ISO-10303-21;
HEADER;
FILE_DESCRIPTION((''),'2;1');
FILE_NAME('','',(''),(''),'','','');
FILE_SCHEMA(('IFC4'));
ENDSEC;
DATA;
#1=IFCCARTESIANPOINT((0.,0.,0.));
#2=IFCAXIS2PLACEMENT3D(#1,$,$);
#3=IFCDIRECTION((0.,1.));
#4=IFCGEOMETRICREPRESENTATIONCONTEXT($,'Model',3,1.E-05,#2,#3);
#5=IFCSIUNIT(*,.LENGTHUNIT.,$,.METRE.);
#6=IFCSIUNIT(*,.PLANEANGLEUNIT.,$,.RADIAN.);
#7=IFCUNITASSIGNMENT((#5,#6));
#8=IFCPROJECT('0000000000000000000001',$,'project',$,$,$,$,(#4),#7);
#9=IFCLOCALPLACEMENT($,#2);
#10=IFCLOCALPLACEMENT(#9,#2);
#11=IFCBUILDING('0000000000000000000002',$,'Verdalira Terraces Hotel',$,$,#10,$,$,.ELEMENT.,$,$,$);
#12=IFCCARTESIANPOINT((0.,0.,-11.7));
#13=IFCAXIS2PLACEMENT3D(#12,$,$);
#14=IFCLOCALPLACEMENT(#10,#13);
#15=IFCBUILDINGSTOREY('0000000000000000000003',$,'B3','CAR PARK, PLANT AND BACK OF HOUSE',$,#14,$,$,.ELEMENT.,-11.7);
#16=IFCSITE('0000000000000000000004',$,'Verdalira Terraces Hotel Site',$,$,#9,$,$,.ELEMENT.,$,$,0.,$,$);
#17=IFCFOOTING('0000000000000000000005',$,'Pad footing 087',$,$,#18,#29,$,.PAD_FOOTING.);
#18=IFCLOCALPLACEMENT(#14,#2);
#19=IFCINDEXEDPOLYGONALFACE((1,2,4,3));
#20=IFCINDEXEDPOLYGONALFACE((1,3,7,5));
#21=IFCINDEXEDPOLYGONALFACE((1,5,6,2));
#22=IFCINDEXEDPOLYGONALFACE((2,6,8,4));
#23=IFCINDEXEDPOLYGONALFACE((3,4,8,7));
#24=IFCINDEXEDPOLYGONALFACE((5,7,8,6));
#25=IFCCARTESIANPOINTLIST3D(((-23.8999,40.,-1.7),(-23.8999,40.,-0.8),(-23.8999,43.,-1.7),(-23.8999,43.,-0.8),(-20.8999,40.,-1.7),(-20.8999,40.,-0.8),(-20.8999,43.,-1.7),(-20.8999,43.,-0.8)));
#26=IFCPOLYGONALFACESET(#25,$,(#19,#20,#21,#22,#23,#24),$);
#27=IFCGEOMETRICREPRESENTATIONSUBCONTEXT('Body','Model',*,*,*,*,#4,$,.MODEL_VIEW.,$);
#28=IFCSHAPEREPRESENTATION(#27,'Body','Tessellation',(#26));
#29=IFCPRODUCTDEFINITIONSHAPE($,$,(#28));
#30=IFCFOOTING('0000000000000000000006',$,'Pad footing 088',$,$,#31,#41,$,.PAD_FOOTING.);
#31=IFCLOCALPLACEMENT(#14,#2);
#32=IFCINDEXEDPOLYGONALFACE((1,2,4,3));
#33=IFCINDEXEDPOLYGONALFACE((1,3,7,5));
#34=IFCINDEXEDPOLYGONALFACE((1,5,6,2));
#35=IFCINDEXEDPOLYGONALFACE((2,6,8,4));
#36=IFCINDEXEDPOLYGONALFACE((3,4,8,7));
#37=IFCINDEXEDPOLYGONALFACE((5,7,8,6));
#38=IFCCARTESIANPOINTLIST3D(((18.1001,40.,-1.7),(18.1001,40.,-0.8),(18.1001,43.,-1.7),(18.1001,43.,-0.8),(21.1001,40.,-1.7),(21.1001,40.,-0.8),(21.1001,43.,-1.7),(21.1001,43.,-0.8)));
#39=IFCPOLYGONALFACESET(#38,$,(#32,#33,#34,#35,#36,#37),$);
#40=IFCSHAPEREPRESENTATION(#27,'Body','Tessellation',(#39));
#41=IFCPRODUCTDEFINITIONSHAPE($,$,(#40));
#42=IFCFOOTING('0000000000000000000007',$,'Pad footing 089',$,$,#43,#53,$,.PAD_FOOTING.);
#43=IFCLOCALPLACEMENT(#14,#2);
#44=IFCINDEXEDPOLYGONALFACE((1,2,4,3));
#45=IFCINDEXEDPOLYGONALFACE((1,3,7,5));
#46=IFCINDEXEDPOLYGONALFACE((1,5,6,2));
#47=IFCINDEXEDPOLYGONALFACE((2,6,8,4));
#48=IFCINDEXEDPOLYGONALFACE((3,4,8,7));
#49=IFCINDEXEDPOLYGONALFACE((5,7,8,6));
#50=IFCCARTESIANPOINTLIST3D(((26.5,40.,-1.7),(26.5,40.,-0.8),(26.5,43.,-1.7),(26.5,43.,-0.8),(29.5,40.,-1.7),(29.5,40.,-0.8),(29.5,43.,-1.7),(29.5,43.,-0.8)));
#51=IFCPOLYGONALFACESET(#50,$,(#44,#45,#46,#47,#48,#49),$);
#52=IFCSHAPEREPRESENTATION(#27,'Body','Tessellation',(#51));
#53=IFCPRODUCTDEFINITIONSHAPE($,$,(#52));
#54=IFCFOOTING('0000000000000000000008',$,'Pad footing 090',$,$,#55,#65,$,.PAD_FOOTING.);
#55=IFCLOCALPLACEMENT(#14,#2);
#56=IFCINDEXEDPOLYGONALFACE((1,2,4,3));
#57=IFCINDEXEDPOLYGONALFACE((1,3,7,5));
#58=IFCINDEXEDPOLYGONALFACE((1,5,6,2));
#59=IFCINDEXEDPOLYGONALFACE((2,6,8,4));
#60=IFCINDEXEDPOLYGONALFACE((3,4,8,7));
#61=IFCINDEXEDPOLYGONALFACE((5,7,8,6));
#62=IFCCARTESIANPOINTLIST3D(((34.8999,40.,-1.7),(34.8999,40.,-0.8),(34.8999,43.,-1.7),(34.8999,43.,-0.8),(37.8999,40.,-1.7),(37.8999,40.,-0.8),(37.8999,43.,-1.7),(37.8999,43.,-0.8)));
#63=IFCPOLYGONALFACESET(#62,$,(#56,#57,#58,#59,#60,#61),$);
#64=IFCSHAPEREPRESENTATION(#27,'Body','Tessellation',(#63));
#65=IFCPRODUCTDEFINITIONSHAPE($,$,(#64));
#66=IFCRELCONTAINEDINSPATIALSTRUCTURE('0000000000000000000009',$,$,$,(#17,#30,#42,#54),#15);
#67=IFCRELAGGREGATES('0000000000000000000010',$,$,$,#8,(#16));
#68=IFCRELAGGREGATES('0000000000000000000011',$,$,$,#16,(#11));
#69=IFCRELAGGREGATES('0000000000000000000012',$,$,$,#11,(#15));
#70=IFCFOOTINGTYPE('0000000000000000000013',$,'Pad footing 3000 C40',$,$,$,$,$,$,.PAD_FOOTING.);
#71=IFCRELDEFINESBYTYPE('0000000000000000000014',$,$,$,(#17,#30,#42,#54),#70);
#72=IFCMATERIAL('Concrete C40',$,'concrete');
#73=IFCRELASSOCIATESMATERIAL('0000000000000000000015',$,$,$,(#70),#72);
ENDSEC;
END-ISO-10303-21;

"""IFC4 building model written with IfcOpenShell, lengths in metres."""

from ifc_helpers import new_model, si_unit, direction, frame, origin, place, context, subcontext, project, spatial, polyline, outline, extrude, material, type_object, element, save


model = new_model("IFC4")

# Units and contexts
model_context = context("Model", 3, precision=1e-05, world=origin(), true_north=direction((0.0, 1.0)))
body_context = subcontext(model_context, "Body", "Model", "MODEL_VIEW")
ifc_project = project(units=[si_unit("LENGTHUNIT", "METRE"), si_unit("PLANEANGLEUNIT", "RADIAN")], contexts=[model_context])

# Site, building, storey
site_placement = place(None, origin())
site = spatial("IfcSite", under=ifc_project, at=site_placement, Name="Verdalira Terraces Hotel Site", CompositionType="ELEMENT", RefElevation=0.0)
building_placement = place(site_placement, origin())
building = spatial("IfcBuilding", under=site, at=building_placement, Name="Verdalira Terraces Hotel", CompositionType="ELEMENT")
storey_placement = place(building_placement, frame((0.0, 0.0, -11.7)))
storey = spatial("IfcBuildingStorey", under=building, at=storey_placement, Name="B3", Description="CAR PARK, PLANT AND BACK OF HOUSE", CompositionType="ELEMENT", Elevation=-11.7)

# Footings
ifc_material = material(Name="Concrete C40", Category="concrete")
footing_type = type_object("IfcFootingType", Name="Pad footing 3000 C40", PredefinedType="PAD_FOOTING", material=ifc_material)
footing_1_placement = place(storey_placement, frame((0.0, 0.0, -1.7)))
element("IfcFooting", 1, at=footing_1_placement, inside=storey, type_object=footing_type, Name="Pad footing 087", PredefinedType="PAD_FOOTING", context=body_context, shape_type="SweptSolid", body=[
    extrude(outline(polyline([(-20.8999, 40.0), (-20.8999, 43.0), (-23.8999, 43.0), (-23.8999, 40.0), (-20.8999, 40.0)])), origin(), (0.0, 0.0, 1.0), 0.8999),
])
footing_2_placement = place(storey_placement, frame((0.0, 0.0, -1.7)))
element("IfcFooting", 2, at=footing_2_placement, inside=storey, type_object=footing_type, Name="Pad footing 088", PredefinedType="PAD_FOOTING", context=body_context, shape_type="SweptSolid", body=[
    extrude(outline(polyline([(21.1001, 40.0), (21.1001, 43.0), (18.1001, 43.0), (18.1001, 40.0), (21.1001, 40.0)])), origin(), (0.0, 0.0, 1.0), 0.8999),
])
footing_3_placement = place(storey_placement, frame((0.0, 0.0, -1.7)))
element("IfcFooting", 3, at=footing_3_placement, inside=storey, type_object=footing_type, Name="Pad footing 089", PredefinedType="PAD_FOOTING", context=body_context, shape_type="SweptSolid", body=[
    extrude(outline(polyline([(29.5, 40.0), (29.5, 43.0), (26.5, 43.0), (26.5, 40.0), (29.5, 40.0)])), origin(), (0.0, 0.0, 1.0), 0.8999),
])
footing_4_placement = place(storey_placement, frame((0.0, 0.0, -1.7)))
element("IfcFooting", 4, at=footing_4_placement, inside=storey, type_object=footing_type, Name="Pad footing 090", PredefinedType="PAD_FOOTING", context=body_context, shape_type="SweptSolid", body=[
    extrude(outline(polyline([(37.8999, 40.0), (37.8999, 43.0), (34.8999, 43.0), (34.8999, 40.0), (37.8999, 40.0)])), origin(), (0.0, 0.0, 1.0), 0.8999),
])

save(model, "model.ifc")
